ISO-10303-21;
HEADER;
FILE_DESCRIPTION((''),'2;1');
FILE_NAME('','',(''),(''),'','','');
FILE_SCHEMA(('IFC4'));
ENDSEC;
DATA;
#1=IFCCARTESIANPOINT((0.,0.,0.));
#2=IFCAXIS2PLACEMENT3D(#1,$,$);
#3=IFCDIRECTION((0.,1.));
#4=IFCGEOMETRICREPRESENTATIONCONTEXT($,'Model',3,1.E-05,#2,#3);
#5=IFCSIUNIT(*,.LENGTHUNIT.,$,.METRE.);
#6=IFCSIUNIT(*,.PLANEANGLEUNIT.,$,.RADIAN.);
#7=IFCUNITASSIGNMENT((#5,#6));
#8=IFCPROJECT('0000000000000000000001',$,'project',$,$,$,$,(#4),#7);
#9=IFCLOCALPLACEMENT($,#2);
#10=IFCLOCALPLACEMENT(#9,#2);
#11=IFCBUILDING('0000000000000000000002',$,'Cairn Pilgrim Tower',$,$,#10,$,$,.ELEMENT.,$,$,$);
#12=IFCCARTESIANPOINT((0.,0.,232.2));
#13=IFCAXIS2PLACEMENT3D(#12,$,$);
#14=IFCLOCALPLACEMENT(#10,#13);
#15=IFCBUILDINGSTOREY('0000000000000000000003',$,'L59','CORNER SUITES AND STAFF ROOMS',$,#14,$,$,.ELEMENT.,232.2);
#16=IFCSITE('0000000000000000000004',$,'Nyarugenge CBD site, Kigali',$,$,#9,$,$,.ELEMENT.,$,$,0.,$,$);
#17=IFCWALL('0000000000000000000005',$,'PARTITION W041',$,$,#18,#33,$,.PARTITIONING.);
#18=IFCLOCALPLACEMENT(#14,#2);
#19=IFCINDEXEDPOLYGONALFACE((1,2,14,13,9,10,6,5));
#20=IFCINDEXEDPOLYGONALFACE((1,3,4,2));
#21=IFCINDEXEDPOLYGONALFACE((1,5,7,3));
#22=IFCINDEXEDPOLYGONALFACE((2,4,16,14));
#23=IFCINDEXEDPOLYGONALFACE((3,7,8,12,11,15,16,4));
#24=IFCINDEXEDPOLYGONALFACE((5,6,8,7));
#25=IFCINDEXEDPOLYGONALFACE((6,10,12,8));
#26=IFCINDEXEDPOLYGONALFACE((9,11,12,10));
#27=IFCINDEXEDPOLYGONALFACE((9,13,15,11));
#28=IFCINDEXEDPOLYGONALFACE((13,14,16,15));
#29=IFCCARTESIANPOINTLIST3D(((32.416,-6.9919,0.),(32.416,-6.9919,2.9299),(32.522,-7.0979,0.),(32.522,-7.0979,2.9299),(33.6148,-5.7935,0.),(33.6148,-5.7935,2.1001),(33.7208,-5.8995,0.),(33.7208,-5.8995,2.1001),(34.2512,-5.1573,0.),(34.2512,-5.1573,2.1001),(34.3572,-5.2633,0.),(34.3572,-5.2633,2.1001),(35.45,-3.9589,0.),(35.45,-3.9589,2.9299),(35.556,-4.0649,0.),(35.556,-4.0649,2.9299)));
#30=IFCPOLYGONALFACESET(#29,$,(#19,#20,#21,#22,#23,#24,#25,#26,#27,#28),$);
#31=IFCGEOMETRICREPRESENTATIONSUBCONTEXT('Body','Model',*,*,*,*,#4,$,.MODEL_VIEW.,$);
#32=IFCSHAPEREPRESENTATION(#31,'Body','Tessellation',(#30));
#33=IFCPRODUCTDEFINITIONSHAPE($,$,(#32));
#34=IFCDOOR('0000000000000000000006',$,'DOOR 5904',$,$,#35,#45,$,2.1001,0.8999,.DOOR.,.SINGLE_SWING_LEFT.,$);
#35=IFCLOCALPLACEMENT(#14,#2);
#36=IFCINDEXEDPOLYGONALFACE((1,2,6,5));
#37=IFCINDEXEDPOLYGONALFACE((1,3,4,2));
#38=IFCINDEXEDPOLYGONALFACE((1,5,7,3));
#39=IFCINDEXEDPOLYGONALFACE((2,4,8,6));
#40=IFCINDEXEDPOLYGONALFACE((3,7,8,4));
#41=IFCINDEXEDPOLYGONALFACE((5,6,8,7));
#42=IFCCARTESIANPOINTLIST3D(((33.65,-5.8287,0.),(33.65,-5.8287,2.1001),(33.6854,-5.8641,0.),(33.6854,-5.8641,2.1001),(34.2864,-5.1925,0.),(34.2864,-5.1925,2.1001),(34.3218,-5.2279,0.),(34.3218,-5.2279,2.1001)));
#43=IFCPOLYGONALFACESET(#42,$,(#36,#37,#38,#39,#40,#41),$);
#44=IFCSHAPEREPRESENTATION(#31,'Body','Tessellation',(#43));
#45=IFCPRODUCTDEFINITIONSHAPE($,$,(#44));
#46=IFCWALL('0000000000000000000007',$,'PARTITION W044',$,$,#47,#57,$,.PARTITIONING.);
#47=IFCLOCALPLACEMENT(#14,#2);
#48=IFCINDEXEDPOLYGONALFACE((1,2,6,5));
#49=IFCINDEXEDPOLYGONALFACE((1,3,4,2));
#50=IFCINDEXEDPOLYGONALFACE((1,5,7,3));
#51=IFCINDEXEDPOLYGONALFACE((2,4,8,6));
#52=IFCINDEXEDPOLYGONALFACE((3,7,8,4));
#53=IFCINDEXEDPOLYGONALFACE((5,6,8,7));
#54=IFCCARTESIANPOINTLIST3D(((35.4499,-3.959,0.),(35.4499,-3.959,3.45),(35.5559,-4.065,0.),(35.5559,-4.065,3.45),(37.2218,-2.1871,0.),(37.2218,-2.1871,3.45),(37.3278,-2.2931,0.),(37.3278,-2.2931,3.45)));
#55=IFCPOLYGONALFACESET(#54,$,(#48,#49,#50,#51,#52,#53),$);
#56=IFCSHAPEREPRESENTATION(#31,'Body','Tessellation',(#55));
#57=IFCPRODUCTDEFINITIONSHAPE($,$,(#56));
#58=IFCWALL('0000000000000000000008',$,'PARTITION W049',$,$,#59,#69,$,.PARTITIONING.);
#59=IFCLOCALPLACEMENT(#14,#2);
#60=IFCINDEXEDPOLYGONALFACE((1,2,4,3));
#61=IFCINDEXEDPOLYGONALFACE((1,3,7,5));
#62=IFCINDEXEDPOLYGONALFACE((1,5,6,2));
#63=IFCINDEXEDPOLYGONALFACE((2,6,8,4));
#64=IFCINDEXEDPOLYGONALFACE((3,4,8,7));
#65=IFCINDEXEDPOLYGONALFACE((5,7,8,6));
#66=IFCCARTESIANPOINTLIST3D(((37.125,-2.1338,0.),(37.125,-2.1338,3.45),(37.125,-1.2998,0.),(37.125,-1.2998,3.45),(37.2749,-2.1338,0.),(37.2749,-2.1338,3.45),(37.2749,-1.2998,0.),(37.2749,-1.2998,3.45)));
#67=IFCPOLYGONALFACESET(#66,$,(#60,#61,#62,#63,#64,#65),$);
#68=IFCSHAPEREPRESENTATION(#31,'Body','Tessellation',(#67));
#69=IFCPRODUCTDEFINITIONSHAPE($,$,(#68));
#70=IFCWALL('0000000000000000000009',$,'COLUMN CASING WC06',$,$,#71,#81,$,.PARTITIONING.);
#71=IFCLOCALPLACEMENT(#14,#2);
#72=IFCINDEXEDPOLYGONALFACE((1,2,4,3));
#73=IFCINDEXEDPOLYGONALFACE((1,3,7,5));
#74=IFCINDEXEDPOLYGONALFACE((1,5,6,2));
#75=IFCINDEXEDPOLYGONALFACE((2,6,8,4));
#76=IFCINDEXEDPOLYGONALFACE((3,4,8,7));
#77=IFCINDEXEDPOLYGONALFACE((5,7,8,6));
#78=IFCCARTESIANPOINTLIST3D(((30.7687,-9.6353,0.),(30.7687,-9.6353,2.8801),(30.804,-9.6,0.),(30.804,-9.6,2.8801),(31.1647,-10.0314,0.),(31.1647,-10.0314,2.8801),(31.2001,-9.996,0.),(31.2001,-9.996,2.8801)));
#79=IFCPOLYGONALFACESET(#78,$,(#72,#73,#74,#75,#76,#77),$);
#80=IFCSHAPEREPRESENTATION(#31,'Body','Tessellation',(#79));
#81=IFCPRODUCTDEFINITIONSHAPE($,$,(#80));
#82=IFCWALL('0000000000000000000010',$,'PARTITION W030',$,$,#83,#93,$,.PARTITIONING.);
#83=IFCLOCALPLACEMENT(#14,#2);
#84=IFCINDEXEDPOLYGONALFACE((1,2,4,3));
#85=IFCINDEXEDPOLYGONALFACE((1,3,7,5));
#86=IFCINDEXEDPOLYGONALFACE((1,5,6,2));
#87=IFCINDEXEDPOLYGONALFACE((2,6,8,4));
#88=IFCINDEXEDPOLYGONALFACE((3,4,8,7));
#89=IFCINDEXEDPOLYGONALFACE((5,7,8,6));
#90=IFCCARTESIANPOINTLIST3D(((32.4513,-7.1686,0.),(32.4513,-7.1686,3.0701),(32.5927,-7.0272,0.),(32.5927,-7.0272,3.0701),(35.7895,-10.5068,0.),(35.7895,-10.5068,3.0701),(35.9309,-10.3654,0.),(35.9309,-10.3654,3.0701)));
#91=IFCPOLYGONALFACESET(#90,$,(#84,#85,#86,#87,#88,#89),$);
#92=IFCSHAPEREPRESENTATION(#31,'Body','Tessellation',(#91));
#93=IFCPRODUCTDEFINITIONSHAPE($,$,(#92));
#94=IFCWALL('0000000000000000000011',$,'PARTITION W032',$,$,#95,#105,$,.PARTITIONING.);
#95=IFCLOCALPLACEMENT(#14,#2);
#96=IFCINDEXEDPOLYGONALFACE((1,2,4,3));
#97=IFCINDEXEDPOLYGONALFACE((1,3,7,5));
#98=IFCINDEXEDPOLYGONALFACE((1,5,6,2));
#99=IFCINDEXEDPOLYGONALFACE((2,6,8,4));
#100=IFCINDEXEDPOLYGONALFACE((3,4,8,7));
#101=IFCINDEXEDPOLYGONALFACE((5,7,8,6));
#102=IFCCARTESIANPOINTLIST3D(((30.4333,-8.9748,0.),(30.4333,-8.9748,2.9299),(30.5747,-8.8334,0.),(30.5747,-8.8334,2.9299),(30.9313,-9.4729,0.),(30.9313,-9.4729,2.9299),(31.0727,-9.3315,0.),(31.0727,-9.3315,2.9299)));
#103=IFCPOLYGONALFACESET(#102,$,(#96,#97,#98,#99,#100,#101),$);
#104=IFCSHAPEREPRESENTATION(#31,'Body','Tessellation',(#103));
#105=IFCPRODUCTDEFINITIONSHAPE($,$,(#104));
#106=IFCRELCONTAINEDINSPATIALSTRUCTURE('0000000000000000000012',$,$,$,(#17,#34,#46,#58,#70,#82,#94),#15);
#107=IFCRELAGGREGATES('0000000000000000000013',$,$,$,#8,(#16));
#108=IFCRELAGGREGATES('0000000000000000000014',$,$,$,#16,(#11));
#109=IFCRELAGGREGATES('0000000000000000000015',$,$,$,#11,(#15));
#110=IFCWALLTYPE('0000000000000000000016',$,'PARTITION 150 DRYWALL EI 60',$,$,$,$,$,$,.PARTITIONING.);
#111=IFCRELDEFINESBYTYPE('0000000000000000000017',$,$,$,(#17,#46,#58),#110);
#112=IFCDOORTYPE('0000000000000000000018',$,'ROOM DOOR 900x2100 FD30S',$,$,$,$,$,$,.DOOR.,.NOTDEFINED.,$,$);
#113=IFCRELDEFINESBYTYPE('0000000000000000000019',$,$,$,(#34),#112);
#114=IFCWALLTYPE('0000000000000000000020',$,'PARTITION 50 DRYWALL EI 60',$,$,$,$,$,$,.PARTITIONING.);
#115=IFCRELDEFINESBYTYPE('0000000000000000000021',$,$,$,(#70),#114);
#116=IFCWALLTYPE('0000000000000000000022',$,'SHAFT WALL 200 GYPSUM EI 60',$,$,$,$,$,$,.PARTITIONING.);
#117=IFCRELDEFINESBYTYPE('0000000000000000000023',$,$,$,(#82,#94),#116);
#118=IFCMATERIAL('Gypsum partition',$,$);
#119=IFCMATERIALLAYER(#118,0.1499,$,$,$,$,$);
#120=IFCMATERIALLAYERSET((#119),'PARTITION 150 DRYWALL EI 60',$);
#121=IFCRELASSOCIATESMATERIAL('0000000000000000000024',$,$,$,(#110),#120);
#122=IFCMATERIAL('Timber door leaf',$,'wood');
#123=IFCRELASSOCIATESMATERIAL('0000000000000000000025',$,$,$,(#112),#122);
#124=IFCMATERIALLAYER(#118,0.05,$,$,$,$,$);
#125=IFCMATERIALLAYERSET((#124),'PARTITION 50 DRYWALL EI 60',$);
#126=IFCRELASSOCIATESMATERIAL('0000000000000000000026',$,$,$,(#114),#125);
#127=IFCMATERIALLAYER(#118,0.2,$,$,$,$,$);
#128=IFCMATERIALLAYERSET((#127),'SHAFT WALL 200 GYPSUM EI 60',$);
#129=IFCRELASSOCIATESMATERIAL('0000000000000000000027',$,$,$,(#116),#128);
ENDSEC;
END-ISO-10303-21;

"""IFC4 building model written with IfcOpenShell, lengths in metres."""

from ifc_helpers import new_model, si_unit, direction, frame, frame_2d, origin, place, context, subcontext, project, spatial, rectangle, extrude, material, layer, layer_set, type_object, element, fill, save


model = new_model("IFC4")

# Units and contexts
model_context = context("Model", 3, precision=1e-05, world=origin(), true_north=direction((0.0, 1.0)))
body_context = subcontext(model_context, "Body", "Model", "MODEL_VIEW")
ifc_project = project(units=[si_unit("LENGTHUNIT", "METRE"), si_unit("PLANEANGLEUNIT", "RADIAN")], contexts=[model_context])

# Site, building, storey
site_placement = place(None, origin())
site = spatial("IfcSite", under=ifc_project, at=site_placement, Name="Nyarugenge CBD site, Kigali", CompositionType="ELEMENT", RefElevation=0.0)
building_placement = place(site_placement, origin())
building = spatial("IfcBuilding", under=site, at=building_placement, Name="Cairn Pilgrim Tower", CompositionType="ELEMENT")
storey_placement = place(building_placement, frame((0.0, 0.0, 232.2)))
storey = spatial("IfcBuildingStorey", under=building, at=storey_placement, Name="L59", Description="CORNER SUITES AND STAFF ROOMS", CompositionType="ELEMENT", Elevation=232.2)

# Shared definitions
ifc_material_1 = material(Name="Gypsum partition")

# Wall, opening, door
ifc_material_2 = material(Name="Timber door leaf", Category="wood")
ifc_layer_1 = layer(ifc_material_1, 0.1499)
ifc_layer_set_1 = layer_set([ifc_layer_1], Name="PARTITION 150 DRYWALL EI 60")
wall_type_1 = type_object("IfcWallType", Name="PARTITION 150 DRYWALL EI 60", PredefinedType="PARTITIONING", material=ifc_layer_set_1)
wall_1_placement = place(storey_placement, frame((32.469, -7.0449, 0.0), z_axis=(0.0, 0.0, 1.0), x_axis=(0.707221, 0.706993, 0.0)))
wall_1 = element("IfcWall", 1, at=wall_1_placement, inside=storey, type_object=wall_type_1, Name="PARTITION W041", PredefinedType="PARTITIONING", context=body_context, shape_type="SweptSolid", body=[
    extrude(rectangle(XDim=4.29, YDim=0.1499, at=frame_2d((2.145, 0.0))), origin(), (0.0, 0.0, 1.0), 2.9299),
])
opening_1_placement = place(wall_1_placement, frame((1.6951, 0.0, 0.0)))
opening_1 = element("IfcOpeningElement", 2, at=opening_1_placement, cuts=wall_1, PredefinedType="OPENING", context=body_context, shape_type="SweptSolid", body=[
    extrude(rectangle(XDim=0.8999, YDim=2.1001, at=frame_2d((0.45, 1.05))), frame((0.0, 0.085, 0.0), z_axis=(0.0, -1.0, 0.0), x_axis=(1.0, 0.0, 0.0)), (0.0, 0.0, 1.0), 0.1699),
])
door_type_1 = type_object("IfcDoorType", Name="ROOM DOOR 900x2100 FD30S", OperationType="NOTDEFINED", PredefinedType="DOOR", material=ifc_material_2)
door_1_placement = place(opening_1_placement, frame((0.8999, 0.0, 0.0), z_axis=(0.0, 0.0, 1.0), x_axis=(-1.0, 0.0, 0.0)))
door_1 = element("IfcDoor", 3, at=door_1_placement, inside=storey, type_object=door_type_1, Name="DOOR 5904", OperationType="SINGLE_SWING_LEFT", OverallHeight=2.1001, OverallWidth=0.8999, PredefinedType="DOOR", context=body_context, shape_type="SweptSolid", body=[
    extrude(rectangle(XDim=0.8999, YDim=2.1001, at=frame_2d((0.45, 1.05))), frame((0.0, 0.0249, 0.0), z_axis=(0.0, -1.0, 0.0), x_axis=(1.0, 0.0, 0.0)), (0.0, 0.0, 1.0), 0.05),
])
fill(opening_1, door_1)

# Walls
wall_2_placement = place(storey_placement, frame((35.5029, -4.012, 0.0), z_axis=(0.0, 0.0, 1.0), x_axis=(0.707107, 0.707107, 0.0)))
element("IfcWall", 4, at=wall_2_placement, inside=storey, type_object=wall_type_1, Name="PARTITION W044", PredefinedType="PARTITIONING", context=body_context, shape_type="SweptSolid", body=[
    extrude(rectangle(XDim=2.5059, YDim=0.1499, at=frame_2d((1.2529, 0.0))), origin(), (0.0, 0.0, 1.0), 3.45),
])
wall_3_placement = place(storey_placement, frame((37.2, -2.1338, 0.0), z_axis=(0.0, 0.0, 1.0), x_axis=(0.0, 1.0, 0.0)))
element("IfcWall", 5, at=wall_3_placement, inside=storey, type_object=wall_type_1, Name="PARTITION W049", PredefinedType="PARTITIONING", context=body_context, shape_type="SweptSolid", body=[
    extrude(rectangle(XDim=0.834, YDim=0.1499, at=frame_2d((0.417, 0.0))), origin(), (0.0, 0.0, 1.0), 3.45),
])
ifc_layer_2 = layer(ifc_material_1, 0.05)
ifc_layer_set_2 = layer_set([ifc_layer_2], Name="PARTITION 50 DRYWALL EI 60")
wall_type_2 = type_object("IfcWallType", Name="PARTITION 50 DRYWALL EI 60", PredefinedType="PARTITIONING", material=ifc_layer_set_2)
wall_4_placement = place(storey_placement, frame((31.1824, -10.0137, 0.0), z_axis=(0.0, 0.0, 1.0), x_axis=(-0.707107, 0.707107, 0.0)))
element("IfcWall", 6, at=wall_4_placement, inside=storey, type_object=wall_type_2, Name="COLUMN CASING WC06", PredefinedType="PARTITIONING", context=body_context, shape_type="SweptSolid", body=[
    extrude(rectangle(XDim=0.5601, YDim=0.05, at=frame_2d((0.28, 0.0))), origin(), (0.0, 0.0, 1.0), 2.8801),
])
ifc_layer_3 = layer(ifc_material_1, 0.2)
ifc_layer_set_3 = layer_set([ifc_layer_3], Name="SHAFT WALL 200 GYPSUM EI 60")
wall_type_3 = type_object("IfcWallType", Name="SHAFT WALL 200 GYPSUM EI 60", PredefinedType="PARTITIONING", material=ifc_layer_set_3)
wall_5_placement = place(storey_placement, frame((35.8601, -10.436, 0.0), z_axis=(0.0, 0.0, 1.0), x_axis=(-0.707107, 0.707107, 0.0)))
element("IfcWall", 7, at=wall_5_placement, inside=storey, type_object=wall_type_3, Name="PARTITION W030", PredefinedType="PARTITIONING", context=body_context, shape_type="SweptSolid", body=[
    extrude(rectangle(XDim=4.7209, YDim=0.2, at=frame_2d((2.3604, 0.0))), origin(), (0.0, 0.0, 1.0), 3.0701),
])
wall_6_placement = place(storey_placement, frame((31.002, -9.4021, 0.0), z_axis=(0.0, 0.0, 1.0), x_axis=(-0.707107, 0.707107, 0.0)))
element("IfcWall", 8, at=wall_6_placement, inside=storey, type_object=wall_type_3, Name="PARTITION W032", PredefinedType="PARTITIONING", context=body_context, shape_type="SweptSolid", body=[
    extrude(rectangle(XDim=0.7043, YDim=0.2, at=frame_2d((0.3521, 0.0))), origin(), (0.0, 0.0, 1.0), 2.9299),
])

save(model, "model.ifc")
